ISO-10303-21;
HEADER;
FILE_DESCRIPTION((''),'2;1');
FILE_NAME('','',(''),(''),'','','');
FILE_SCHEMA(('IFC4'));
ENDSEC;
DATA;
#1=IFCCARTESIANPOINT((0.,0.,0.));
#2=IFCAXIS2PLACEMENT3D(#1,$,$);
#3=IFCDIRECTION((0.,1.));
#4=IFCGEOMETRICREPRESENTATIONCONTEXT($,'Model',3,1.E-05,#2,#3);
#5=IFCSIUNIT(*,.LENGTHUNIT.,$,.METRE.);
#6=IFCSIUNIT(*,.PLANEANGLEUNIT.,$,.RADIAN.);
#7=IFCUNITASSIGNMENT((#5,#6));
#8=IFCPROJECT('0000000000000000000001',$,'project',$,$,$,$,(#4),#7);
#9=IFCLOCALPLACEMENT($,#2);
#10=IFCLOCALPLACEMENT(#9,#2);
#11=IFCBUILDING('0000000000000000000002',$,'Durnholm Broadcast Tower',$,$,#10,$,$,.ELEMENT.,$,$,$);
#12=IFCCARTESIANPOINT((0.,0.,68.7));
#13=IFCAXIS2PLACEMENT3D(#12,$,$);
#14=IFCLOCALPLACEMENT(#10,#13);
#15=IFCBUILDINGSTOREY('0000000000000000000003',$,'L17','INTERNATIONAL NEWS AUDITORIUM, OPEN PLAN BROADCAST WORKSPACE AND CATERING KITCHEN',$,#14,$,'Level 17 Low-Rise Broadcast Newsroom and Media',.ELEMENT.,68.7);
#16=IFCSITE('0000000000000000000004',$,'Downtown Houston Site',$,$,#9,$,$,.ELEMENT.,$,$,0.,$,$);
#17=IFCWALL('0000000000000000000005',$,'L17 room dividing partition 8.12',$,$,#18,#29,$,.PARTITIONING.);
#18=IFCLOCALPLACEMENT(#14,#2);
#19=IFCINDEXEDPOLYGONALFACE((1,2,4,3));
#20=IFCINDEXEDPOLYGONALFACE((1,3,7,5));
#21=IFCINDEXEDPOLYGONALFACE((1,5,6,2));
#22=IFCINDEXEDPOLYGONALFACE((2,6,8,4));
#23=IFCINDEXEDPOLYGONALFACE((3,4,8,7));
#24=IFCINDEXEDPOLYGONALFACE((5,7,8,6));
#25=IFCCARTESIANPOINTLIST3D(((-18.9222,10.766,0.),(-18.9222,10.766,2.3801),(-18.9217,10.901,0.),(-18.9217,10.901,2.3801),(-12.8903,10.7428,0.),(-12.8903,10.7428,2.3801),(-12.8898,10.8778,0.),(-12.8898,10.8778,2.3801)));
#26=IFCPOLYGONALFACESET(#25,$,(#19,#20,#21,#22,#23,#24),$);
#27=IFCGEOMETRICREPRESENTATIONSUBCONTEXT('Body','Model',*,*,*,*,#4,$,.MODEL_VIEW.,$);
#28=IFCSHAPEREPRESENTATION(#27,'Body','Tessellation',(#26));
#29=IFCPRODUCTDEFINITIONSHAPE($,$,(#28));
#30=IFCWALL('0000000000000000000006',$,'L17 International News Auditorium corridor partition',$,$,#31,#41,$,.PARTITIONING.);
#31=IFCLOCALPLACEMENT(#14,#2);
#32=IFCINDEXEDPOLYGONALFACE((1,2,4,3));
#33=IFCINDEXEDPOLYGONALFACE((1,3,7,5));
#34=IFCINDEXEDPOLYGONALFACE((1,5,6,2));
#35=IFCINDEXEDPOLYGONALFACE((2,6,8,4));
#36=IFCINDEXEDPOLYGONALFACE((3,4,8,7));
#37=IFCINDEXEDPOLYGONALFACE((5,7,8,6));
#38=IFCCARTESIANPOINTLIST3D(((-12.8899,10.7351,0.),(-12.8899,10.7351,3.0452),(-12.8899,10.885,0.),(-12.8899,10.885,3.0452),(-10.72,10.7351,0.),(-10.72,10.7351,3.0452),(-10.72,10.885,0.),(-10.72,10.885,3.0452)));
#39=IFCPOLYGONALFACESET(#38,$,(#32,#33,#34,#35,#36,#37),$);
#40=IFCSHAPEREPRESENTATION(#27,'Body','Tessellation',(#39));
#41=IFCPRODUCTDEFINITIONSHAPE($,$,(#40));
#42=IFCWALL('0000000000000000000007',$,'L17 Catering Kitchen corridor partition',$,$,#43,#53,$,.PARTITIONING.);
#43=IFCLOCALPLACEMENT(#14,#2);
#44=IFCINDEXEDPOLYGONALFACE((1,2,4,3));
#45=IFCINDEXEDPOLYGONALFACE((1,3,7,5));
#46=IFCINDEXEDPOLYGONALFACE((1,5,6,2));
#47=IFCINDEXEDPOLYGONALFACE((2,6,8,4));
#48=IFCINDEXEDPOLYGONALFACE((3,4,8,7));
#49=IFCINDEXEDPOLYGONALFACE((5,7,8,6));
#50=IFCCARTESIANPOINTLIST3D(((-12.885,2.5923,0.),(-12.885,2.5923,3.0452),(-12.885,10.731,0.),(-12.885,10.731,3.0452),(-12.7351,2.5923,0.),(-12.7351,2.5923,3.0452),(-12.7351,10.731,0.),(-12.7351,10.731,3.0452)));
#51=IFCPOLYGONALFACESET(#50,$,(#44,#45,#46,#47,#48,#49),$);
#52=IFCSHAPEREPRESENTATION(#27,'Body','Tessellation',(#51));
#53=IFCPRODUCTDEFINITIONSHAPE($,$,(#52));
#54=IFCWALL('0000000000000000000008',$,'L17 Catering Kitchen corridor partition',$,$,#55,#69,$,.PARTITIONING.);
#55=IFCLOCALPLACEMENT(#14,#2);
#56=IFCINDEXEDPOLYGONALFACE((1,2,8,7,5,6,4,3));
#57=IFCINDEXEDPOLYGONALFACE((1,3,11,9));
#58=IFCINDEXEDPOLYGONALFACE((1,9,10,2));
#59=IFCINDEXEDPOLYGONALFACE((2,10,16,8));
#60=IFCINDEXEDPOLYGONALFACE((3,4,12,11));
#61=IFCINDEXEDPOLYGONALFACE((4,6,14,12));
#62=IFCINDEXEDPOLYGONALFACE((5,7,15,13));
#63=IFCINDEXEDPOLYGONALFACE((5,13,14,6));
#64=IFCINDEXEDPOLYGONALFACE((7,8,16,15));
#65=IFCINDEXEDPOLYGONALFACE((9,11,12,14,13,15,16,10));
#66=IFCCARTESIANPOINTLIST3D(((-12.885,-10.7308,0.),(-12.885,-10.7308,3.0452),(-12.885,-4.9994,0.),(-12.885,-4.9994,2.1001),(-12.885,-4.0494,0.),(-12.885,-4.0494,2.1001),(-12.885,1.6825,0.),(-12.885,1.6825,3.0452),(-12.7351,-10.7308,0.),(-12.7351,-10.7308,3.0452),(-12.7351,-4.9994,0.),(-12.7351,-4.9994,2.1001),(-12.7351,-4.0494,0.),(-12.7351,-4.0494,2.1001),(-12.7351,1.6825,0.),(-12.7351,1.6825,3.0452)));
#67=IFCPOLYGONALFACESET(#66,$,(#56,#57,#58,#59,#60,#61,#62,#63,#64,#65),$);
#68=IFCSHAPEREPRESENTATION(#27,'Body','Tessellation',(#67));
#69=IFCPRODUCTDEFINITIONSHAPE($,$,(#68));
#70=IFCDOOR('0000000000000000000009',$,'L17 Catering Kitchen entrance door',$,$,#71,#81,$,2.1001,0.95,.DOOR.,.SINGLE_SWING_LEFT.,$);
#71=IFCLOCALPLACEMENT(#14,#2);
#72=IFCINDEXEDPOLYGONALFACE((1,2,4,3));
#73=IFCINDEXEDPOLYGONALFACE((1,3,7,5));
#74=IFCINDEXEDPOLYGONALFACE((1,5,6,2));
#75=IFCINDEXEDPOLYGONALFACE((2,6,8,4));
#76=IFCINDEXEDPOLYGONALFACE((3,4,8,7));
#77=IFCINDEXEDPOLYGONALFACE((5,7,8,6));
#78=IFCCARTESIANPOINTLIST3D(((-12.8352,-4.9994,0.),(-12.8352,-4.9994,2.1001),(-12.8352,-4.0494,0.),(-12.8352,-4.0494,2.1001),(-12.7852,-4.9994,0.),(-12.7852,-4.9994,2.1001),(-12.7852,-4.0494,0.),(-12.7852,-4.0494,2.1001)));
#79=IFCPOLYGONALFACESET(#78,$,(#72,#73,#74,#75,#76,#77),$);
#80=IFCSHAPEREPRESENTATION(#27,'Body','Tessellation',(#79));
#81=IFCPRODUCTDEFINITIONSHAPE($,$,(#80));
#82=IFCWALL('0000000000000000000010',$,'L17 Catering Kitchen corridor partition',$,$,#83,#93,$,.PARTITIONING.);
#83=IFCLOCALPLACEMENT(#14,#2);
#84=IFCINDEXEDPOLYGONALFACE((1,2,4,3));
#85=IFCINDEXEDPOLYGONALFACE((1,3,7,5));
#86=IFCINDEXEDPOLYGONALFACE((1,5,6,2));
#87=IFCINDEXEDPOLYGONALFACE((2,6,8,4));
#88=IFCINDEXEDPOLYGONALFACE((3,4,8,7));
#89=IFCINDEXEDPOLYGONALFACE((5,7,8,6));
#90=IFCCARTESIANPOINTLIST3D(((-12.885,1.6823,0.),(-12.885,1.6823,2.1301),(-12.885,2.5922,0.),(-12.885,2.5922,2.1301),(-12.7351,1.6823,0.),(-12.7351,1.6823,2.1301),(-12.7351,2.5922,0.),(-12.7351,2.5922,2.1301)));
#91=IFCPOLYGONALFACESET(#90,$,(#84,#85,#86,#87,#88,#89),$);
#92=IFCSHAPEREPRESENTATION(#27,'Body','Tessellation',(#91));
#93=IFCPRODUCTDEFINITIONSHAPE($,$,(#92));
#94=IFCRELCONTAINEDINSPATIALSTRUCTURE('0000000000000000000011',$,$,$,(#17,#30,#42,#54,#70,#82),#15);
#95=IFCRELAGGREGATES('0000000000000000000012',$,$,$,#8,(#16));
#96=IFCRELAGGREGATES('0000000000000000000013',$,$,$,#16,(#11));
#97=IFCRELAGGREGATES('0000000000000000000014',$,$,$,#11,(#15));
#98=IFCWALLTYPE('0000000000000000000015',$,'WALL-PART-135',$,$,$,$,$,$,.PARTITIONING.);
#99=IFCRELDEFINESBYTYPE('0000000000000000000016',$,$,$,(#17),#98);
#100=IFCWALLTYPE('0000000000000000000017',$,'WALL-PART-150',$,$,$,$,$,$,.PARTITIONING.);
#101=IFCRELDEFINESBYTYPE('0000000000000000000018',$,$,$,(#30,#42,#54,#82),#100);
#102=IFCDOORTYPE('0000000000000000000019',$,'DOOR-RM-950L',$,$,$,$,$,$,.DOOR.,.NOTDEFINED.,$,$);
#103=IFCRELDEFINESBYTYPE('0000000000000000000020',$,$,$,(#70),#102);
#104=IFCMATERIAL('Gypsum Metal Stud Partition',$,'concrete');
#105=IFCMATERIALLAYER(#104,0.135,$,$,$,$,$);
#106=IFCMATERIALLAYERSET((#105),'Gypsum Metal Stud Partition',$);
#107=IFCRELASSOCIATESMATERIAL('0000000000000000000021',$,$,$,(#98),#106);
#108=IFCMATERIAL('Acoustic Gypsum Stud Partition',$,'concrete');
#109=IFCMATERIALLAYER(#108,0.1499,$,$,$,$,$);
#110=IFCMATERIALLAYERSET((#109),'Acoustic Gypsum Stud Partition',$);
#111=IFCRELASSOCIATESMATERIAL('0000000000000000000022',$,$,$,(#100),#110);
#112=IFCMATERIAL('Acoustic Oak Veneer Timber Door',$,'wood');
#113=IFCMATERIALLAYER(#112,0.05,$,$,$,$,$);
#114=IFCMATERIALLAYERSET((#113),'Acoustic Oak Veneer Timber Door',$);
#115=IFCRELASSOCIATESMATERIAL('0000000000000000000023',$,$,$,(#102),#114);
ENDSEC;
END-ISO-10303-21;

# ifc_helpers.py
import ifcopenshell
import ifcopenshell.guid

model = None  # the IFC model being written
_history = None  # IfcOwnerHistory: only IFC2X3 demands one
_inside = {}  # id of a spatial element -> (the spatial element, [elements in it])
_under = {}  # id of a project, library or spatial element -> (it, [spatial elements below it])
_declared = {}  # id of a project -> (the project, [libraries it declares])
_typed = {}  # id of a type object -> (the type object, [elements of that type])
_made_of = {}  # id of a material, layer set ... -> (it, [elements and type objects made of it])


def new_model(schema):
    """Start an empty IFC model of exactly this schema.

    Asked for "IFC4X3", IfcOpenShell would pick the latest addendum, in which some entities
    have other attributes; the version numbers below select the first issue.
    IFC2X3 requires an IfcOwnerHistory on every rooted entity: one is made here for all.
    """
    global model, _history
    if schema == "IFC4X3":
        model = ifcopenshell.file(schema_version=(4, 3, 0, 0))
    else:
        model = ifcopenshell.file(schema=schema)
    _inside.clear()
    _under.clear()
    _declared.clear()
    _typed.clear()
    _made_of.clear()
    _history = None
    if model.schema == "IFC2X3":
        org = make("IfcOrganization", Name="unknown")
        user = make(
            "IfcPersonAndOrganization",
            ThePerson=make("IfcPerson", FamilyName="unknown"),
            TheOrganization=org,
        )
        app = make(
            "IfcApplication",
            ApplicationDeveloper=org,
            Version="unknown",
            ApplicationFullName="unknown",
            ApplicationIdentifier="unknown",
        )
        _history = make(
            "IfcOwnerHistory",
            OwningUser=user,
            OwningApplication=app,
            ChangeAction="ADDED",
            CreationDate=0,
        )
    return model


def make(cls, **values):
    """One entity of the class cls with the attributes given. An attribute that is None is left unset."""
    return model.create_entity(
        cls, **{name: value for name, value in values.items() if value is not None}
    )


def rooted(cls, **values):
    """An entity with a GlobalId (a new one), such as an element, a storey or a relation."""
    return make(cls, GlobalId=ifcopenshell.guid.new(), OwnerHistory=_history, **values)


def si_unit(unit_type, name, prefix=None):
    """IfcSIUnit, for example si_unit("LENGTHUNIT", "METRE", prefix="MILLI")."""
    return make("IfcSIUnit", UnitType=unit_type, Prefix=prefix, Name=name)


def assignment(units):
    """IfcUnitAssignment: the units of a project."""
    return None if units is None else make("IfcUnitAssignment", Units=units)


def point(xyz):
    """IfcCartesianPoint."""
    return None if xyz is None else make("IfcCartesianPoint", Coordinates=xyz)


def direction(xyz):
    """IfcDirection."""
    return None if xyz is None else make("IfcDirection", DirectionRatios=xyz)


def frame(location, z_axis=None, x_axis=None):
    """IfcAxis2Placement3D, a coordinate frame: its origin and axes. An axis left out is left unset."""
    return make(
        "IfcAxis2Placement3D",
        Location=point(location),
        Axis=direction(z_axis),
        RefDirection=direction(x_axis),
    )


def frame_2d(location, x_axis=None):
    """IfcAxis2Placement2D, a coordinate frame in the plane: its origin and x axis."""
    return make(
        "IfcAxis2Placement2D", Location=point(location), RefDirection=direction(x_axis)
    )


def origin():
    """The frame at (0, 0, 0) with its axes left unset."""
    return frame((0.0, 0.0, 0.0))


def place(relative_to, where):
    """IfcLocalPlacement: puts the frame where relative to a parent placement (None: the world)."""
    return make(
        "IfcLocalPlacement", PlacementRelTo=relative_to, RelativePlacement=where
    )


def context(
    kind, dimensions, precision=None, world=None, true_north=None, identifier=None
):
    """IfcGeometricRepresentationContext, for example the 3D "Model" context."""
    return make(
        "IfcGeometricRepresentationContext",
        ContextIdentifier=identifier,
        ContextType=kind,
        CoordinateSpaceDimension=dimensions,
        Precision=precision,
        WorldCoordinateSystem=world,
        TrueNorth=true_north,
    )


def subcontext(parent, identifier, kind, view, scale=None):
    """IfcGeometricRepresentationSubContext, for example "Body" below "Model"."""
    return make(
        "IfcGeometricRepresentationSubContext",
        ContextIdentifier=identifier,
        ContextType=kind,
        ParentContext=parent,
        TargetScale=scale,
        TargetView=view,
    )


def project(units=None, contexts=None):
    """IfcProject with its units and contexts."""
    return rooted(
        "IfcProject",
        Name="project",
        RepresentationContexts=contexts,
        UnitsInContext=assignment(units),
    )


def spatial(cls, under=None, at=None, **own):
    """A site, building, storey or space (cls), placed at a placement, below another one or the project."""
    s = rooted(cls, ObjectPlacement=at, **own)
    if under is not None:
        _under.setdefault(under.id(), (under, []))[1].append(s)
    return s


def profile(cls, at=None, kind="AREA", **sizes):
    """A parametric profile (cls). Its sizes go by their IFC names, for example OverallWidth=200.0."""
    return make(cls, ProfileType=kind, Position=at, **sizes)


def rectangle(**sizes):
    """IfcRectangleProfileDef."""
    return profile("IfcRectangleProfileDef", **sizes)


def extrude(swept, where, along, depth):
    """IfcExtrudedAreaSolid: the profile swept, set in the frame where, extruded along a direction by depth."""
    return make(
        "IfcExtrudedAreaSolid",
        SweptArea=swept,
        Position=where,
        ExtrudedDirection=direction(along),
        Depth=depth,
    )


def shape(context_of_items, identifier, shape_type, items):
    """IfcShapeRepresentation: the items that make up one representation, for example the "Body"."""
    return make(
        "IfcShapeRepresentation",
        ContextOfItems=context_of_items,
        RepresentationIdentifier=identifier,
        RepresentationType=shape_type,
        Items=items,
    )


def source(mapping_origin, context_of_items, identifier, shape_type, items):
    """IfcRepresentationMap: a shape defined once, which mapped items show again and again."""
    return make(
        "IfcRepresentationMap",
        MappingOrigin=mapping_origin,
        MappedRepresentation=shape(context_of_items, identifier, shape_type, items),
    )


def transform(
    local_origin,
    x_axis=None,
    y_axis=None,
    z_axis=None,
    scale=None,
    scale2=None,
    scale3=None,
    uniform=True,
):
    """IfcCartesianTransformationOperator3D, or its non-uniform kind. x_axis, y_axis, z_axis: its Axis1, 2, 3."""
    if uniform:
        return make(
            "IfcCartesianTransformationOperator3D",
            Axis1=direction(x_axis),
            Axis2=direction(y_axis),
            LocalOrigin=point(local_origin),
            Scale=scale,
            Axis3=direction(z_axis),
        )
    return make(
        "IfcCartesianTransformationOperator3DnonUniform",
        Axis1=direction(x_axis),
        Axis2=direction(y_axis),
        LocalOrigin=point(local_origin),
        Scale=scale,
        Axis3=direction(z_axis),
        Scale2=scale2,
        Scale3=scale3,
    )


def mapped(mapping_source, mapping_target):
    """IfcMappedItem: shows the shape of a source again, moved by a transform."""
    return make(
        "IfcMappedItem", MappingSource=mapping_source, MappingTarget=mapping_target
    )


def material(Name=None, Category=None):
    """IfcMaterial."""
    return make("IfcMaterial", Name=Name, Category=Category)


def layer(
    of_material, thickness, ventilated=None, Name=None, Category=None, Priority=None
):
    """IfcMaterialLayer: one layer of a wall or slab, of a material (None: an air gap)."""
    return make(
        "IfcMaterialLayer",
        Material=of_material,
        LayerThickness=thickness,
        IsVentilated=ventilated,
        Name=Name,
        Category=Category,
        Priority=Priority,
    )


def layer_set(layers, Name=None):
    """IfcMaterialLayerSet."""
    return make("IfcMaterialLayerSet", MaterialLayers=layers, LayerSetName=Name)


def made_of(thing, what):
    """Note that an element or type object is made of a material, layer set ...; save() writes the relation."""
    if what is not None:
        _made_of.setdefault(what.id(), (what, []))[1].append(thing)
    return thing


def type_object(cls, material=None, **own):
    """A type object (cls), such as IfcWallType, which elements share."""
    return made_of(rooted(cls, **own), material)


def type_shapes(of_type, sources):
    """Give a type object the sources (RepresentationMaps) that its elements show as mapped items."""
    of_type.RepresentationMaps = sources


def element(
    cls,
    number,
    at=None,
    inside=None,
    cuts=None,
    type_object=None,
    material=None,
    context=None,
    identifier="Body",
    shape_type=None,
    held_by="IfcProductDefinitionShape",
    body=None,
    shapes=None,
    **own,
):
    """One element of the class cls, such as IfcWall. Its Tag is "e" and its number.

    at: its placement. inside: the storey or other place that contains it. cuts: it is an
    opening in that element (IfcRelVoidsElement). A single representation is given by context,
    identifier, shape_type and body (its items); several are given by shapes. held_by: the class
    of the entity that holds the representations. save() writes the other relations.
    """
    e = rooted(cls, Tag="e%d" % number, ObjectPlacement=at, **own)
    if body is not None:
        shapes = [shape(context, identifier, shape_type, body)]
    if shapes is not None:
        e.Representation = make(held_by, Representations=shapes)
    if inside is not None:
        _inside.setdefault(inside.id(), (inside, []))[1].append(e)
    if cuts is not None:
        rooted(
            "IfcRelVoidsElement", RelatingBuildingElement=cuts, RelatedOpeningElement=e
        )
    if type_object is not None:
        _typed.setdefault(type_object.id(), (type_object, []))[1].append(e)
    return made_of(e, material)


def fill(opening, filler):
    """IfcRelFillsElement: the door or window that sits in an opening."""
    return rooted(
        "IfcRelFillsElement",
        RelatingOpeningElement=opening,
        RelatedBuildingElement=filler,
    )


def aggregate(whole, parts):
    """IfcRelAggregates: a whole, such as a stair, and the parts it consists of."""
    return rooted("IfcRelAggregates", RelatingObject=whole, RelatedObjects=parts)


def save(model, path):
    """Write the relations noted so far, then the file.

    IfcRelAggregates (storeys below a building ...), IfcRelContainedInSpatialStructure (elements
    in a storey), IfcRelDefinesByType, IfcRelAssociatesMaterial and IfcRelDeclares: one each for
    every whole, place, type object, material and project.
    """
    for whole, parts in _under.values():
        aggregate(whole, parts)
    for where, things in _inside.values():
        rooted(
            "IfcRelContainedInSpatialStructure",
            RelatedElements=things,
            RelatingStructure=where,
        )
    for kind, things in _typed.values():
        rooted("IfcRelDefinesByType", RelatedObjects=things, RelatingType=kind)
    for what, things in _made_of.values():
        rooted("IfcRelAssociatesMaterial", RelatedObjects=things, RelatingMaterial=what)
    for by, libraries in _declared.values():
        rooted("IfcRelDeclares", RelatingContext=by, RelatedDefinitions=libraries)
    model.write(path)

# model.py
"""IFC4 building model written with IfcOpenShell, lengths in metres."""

from ifc_helpers import new_model, si_unit, direction, frame, frame_2d, origin, place, context, subcontext, project, spatial, rectangle, extrude, source, transform, mapped, material, layer, layer_set, type_object, type_shapes, element, fill, save


model = new_model("IFC4")

# Units and contexts
model_context = context("Model", 3, precision=1e-05, world=origin(), true_north=direction((0.0, 1.0)))
body_context = subcontext(model_context, "Body", "Model", "MODEL_VIEW")
ifc_project = project(units=[si_unit("LENGTHUNIT", "METRE"), si_unit("PLANEANGLEUNIT", "RADIAN")], contexts=[model_context])

# Site, building, storey
site_placement = place(None, origin())
site = spatial("IfcSite", under=ifc_project, at=site_placement, Name="Downtown Houston Site", CompositionType="ELEMENT", RefElevation=0.0)
building_placement = place(site_placement, origin())
building = spatial("IfcBuilding", under=site, at=building_placement, Name="Durnholm Broadcast Tower", CompositionType="ELEMENT")
storey_placement = place(building_placement, frame((0.0, 0.0, 68.7)))
storey = spatial("IfcBuildingStorey", under=building, at=storey_placement, Name="L17", Description="INTERNATIONAL NEWS AUDITORIUM, OPEN PLAN BROADCAST WORKSPACE AND CATERING KITCHEN", LongName="Level 17 Low-Rise Broadcast Newsroom and Media", CompositionType="ELEMENT", Elevation=68.7)

# Walls
ifc_material_1 = material(Name="Gypsum Metal Stud Partition", Category="concrete")
ifc_layer_1 = layer(ifc_material_1, 0.135)
ifc_layer_set_1 = layer_set([ifc_layer_1], Name="Gypsum Metal Stud Partition")
wall_type_1 = type_object("IfcWallType", Name="WALL-PART-135", PredefinedType="PARTITIONING", material=ifc_layer_set_1)
wall_1_placement = place(storey_placement, frame((-12.8899, 10.8103, 0.0), z_axis=(0.0, 0.0, 1.0), x_axis=(-0.999993, 0.003845, 0.0)))
element("IfcWall", 1, at=wall_1_placement, inside=storey, type_object=wall_type_1, Name="L17 room dividing partition 8.12", PredefinedType="PARTITIONING", context=body_context, shape_type="SweptSolid", body=[
    extrude(rectangle(XDim=6.032, YDim=0.135, at=frame_2d((3.0161, 0.0))), origin(), (0.0, 0.0, 1.0), 2.3801),
])
ifc_material_2 = material(Name="Acoustic Gypsum Stud Partition", Category="concrete")
ifc_layer_2 = layer(ifc_material_2, 0.1499)
ifc_layer_set_2 = layer_set([ifc_layer_2], Name="Acoustic Gypsum Stud Partition")
wall_type_2 = type_object("IfcWallType", Name="WALL-PART-150", PredefinedType="PARTITIONING", material=ifc_layer_set_2)
wall_2_placement = place(storey_placement, frame((-10.72, 10.8101, 0.0), z_axis=(0.0, 0.0, 1.0), x_axis=(-1.0, 0.0, 0.0)))
element("IfcWall", 2, at=wall_2_placement, inside=storey, type_object=wall_type_2, Name="L17 International News Auditorium corridor partition", PredefinedType="PARTITIONING", context=body_context, shape_type="SweptSolid", body=[
    extrude(rectangle(XDim=2.1699, YDim=0.1499, at=frame_2d((1.085, 0.0))), origin(), (0.0, 0.0, 1.0), 3.0452),
])
wall_3_placement = place(storey_placement, frame((-12.8101, 10.731, 0.0), z_axis=(0.0, 0.0, 1.0), x_axis=(0.0, -1.0, 0.0)))
element("IfcWall", 3, at=wall_3_placement, inside=storey, type_object=wall_type_2, Name="L17 Catering Kitchen corridor partition", PredefinedType="PARTITIONING", context=body_context, shape_type="SweptSolid", body=[
    extrude(rectangle(XDim=8.1387, YDim=0.1499, at=frame_2d((4.0693, 0.0))), origin(), (0.0, 0.0, 1.0), 3.0452),
])

# Wall, opening, door
wall_4_placement = place(storey_placement, frame((-12.8101, 1.6824, 0.0), z_axis=(0.0, 0.0, 1.0), x_axis=(0.0, -1.0, 0.0)))
wall_4 = element("IfcWall", 4, at=wall_4_placement, inside=storey, type_object=wall_type_2, Name="L17 Catering Kitchen corridor partition", PredefinedType="PARTITIONING", context=body_context, shape_type="SweptSolid", body=[
    extrude(rectangle(XDim=12.4133, YDim=0.1499, at=frame_2d((6.2065, 0.0))), origin(), (0.0, 0.0, 1.0), 3.0452),
])
opening_placement = place(wall_4_placement, frame((5.7317, 0.0, 0.0)))
opening = element("IfcOpeningElement", 5, at=opening_placement, cuts=wall_4, PredefinedType="OPENING", context=body_context, shape_type="SweptSolid", body=[
    extrude(rectangle(XDim=0.95, YDim=2.1001, at=frame_2d((0.4751, 1.05))), frame((0.0, 0.085, 0.0), z_axis=(0.0, -1.0, 0.0), x_axis=(1.0, 0.0, 0.0)), (0.0, 0.0, 1.0), 0.1699),
])
ifc_material_3 = material(Name="Acoustic Oak Veneer Timber Door", Category="wood")
ifc_layer_3 = layer(ifc_material_3, 0.05)
ifc_layer_set_3 = layer_set([ifc_layer_3], Name="Acoustic Oak Veneer Timber Door")
door_type = type_object("IfcDoorType", Name="DOOR-RM-950L", OperationType="NOTDEFINED", PredefinedType="DOOR", material=ifc_layer_set_3)
shared_shape_1 = source(origin(), body_context, "Body", "SweptSolid", [
    extrude(rectangle(XDim=0.95, YDim=2.1001, at=frame_2d((0.4751, 1.05))), frame((0.0, 0.0249, 0.0), z_axis=(0.0, -1.0, 0.0), x_axis=(1.0, 0.0, 0.0)), (0.0, 0.0, 1.0), 0.05),
])
type_shapes(door_type, [shared_shape_1])
door_placement = place(opening_placement, origin())
door = element("IfcDoor", 6, at=door_placement, inside=storey, type_object=door_type, Name="L17 Catering Kitchen entrance door", OperationType="SINGLE_SWING_LEFT", OverallHeight=2.1001, OverallWidth=0.95, PredefinedType="DOOR", context=body_context, shape_type="MappedRepresentation", body=[
    mapped(shared_shape_1, transform((0.0, 0.0, 0.0), x_axis=(1.0, 0.0, 0.0), y_axis=(0.0, 1.0, 0.0), z_axis=(0.0, 0.0, 1.0), scale=1.0)),
])
fill(opening, door)

# Wall
wall_5_placement = place(storey_placement, frame((-12.8101, 2.5923, 0.0), z_axis=(0.0, 0.0, 1.0), x_axis=(0.0, -1.0, 0.0)))
element("IfcWall", 7, at=wall_5_placement, inside=storey, type_object=wall_type_2, Name="L17 Catering Kitchen corridor partition", PredefinedType="PARTITIONING", context=body_context, shape_type="SweptSolid", body=[
    extrude(rectangle(XDim=0.9099, YDim=0.1499, at=frame_2d((0.4551, 0.0))), origin(), (0.0, 0.0, 1.0), 2.1301),
])

save(model, "model.ifc")
